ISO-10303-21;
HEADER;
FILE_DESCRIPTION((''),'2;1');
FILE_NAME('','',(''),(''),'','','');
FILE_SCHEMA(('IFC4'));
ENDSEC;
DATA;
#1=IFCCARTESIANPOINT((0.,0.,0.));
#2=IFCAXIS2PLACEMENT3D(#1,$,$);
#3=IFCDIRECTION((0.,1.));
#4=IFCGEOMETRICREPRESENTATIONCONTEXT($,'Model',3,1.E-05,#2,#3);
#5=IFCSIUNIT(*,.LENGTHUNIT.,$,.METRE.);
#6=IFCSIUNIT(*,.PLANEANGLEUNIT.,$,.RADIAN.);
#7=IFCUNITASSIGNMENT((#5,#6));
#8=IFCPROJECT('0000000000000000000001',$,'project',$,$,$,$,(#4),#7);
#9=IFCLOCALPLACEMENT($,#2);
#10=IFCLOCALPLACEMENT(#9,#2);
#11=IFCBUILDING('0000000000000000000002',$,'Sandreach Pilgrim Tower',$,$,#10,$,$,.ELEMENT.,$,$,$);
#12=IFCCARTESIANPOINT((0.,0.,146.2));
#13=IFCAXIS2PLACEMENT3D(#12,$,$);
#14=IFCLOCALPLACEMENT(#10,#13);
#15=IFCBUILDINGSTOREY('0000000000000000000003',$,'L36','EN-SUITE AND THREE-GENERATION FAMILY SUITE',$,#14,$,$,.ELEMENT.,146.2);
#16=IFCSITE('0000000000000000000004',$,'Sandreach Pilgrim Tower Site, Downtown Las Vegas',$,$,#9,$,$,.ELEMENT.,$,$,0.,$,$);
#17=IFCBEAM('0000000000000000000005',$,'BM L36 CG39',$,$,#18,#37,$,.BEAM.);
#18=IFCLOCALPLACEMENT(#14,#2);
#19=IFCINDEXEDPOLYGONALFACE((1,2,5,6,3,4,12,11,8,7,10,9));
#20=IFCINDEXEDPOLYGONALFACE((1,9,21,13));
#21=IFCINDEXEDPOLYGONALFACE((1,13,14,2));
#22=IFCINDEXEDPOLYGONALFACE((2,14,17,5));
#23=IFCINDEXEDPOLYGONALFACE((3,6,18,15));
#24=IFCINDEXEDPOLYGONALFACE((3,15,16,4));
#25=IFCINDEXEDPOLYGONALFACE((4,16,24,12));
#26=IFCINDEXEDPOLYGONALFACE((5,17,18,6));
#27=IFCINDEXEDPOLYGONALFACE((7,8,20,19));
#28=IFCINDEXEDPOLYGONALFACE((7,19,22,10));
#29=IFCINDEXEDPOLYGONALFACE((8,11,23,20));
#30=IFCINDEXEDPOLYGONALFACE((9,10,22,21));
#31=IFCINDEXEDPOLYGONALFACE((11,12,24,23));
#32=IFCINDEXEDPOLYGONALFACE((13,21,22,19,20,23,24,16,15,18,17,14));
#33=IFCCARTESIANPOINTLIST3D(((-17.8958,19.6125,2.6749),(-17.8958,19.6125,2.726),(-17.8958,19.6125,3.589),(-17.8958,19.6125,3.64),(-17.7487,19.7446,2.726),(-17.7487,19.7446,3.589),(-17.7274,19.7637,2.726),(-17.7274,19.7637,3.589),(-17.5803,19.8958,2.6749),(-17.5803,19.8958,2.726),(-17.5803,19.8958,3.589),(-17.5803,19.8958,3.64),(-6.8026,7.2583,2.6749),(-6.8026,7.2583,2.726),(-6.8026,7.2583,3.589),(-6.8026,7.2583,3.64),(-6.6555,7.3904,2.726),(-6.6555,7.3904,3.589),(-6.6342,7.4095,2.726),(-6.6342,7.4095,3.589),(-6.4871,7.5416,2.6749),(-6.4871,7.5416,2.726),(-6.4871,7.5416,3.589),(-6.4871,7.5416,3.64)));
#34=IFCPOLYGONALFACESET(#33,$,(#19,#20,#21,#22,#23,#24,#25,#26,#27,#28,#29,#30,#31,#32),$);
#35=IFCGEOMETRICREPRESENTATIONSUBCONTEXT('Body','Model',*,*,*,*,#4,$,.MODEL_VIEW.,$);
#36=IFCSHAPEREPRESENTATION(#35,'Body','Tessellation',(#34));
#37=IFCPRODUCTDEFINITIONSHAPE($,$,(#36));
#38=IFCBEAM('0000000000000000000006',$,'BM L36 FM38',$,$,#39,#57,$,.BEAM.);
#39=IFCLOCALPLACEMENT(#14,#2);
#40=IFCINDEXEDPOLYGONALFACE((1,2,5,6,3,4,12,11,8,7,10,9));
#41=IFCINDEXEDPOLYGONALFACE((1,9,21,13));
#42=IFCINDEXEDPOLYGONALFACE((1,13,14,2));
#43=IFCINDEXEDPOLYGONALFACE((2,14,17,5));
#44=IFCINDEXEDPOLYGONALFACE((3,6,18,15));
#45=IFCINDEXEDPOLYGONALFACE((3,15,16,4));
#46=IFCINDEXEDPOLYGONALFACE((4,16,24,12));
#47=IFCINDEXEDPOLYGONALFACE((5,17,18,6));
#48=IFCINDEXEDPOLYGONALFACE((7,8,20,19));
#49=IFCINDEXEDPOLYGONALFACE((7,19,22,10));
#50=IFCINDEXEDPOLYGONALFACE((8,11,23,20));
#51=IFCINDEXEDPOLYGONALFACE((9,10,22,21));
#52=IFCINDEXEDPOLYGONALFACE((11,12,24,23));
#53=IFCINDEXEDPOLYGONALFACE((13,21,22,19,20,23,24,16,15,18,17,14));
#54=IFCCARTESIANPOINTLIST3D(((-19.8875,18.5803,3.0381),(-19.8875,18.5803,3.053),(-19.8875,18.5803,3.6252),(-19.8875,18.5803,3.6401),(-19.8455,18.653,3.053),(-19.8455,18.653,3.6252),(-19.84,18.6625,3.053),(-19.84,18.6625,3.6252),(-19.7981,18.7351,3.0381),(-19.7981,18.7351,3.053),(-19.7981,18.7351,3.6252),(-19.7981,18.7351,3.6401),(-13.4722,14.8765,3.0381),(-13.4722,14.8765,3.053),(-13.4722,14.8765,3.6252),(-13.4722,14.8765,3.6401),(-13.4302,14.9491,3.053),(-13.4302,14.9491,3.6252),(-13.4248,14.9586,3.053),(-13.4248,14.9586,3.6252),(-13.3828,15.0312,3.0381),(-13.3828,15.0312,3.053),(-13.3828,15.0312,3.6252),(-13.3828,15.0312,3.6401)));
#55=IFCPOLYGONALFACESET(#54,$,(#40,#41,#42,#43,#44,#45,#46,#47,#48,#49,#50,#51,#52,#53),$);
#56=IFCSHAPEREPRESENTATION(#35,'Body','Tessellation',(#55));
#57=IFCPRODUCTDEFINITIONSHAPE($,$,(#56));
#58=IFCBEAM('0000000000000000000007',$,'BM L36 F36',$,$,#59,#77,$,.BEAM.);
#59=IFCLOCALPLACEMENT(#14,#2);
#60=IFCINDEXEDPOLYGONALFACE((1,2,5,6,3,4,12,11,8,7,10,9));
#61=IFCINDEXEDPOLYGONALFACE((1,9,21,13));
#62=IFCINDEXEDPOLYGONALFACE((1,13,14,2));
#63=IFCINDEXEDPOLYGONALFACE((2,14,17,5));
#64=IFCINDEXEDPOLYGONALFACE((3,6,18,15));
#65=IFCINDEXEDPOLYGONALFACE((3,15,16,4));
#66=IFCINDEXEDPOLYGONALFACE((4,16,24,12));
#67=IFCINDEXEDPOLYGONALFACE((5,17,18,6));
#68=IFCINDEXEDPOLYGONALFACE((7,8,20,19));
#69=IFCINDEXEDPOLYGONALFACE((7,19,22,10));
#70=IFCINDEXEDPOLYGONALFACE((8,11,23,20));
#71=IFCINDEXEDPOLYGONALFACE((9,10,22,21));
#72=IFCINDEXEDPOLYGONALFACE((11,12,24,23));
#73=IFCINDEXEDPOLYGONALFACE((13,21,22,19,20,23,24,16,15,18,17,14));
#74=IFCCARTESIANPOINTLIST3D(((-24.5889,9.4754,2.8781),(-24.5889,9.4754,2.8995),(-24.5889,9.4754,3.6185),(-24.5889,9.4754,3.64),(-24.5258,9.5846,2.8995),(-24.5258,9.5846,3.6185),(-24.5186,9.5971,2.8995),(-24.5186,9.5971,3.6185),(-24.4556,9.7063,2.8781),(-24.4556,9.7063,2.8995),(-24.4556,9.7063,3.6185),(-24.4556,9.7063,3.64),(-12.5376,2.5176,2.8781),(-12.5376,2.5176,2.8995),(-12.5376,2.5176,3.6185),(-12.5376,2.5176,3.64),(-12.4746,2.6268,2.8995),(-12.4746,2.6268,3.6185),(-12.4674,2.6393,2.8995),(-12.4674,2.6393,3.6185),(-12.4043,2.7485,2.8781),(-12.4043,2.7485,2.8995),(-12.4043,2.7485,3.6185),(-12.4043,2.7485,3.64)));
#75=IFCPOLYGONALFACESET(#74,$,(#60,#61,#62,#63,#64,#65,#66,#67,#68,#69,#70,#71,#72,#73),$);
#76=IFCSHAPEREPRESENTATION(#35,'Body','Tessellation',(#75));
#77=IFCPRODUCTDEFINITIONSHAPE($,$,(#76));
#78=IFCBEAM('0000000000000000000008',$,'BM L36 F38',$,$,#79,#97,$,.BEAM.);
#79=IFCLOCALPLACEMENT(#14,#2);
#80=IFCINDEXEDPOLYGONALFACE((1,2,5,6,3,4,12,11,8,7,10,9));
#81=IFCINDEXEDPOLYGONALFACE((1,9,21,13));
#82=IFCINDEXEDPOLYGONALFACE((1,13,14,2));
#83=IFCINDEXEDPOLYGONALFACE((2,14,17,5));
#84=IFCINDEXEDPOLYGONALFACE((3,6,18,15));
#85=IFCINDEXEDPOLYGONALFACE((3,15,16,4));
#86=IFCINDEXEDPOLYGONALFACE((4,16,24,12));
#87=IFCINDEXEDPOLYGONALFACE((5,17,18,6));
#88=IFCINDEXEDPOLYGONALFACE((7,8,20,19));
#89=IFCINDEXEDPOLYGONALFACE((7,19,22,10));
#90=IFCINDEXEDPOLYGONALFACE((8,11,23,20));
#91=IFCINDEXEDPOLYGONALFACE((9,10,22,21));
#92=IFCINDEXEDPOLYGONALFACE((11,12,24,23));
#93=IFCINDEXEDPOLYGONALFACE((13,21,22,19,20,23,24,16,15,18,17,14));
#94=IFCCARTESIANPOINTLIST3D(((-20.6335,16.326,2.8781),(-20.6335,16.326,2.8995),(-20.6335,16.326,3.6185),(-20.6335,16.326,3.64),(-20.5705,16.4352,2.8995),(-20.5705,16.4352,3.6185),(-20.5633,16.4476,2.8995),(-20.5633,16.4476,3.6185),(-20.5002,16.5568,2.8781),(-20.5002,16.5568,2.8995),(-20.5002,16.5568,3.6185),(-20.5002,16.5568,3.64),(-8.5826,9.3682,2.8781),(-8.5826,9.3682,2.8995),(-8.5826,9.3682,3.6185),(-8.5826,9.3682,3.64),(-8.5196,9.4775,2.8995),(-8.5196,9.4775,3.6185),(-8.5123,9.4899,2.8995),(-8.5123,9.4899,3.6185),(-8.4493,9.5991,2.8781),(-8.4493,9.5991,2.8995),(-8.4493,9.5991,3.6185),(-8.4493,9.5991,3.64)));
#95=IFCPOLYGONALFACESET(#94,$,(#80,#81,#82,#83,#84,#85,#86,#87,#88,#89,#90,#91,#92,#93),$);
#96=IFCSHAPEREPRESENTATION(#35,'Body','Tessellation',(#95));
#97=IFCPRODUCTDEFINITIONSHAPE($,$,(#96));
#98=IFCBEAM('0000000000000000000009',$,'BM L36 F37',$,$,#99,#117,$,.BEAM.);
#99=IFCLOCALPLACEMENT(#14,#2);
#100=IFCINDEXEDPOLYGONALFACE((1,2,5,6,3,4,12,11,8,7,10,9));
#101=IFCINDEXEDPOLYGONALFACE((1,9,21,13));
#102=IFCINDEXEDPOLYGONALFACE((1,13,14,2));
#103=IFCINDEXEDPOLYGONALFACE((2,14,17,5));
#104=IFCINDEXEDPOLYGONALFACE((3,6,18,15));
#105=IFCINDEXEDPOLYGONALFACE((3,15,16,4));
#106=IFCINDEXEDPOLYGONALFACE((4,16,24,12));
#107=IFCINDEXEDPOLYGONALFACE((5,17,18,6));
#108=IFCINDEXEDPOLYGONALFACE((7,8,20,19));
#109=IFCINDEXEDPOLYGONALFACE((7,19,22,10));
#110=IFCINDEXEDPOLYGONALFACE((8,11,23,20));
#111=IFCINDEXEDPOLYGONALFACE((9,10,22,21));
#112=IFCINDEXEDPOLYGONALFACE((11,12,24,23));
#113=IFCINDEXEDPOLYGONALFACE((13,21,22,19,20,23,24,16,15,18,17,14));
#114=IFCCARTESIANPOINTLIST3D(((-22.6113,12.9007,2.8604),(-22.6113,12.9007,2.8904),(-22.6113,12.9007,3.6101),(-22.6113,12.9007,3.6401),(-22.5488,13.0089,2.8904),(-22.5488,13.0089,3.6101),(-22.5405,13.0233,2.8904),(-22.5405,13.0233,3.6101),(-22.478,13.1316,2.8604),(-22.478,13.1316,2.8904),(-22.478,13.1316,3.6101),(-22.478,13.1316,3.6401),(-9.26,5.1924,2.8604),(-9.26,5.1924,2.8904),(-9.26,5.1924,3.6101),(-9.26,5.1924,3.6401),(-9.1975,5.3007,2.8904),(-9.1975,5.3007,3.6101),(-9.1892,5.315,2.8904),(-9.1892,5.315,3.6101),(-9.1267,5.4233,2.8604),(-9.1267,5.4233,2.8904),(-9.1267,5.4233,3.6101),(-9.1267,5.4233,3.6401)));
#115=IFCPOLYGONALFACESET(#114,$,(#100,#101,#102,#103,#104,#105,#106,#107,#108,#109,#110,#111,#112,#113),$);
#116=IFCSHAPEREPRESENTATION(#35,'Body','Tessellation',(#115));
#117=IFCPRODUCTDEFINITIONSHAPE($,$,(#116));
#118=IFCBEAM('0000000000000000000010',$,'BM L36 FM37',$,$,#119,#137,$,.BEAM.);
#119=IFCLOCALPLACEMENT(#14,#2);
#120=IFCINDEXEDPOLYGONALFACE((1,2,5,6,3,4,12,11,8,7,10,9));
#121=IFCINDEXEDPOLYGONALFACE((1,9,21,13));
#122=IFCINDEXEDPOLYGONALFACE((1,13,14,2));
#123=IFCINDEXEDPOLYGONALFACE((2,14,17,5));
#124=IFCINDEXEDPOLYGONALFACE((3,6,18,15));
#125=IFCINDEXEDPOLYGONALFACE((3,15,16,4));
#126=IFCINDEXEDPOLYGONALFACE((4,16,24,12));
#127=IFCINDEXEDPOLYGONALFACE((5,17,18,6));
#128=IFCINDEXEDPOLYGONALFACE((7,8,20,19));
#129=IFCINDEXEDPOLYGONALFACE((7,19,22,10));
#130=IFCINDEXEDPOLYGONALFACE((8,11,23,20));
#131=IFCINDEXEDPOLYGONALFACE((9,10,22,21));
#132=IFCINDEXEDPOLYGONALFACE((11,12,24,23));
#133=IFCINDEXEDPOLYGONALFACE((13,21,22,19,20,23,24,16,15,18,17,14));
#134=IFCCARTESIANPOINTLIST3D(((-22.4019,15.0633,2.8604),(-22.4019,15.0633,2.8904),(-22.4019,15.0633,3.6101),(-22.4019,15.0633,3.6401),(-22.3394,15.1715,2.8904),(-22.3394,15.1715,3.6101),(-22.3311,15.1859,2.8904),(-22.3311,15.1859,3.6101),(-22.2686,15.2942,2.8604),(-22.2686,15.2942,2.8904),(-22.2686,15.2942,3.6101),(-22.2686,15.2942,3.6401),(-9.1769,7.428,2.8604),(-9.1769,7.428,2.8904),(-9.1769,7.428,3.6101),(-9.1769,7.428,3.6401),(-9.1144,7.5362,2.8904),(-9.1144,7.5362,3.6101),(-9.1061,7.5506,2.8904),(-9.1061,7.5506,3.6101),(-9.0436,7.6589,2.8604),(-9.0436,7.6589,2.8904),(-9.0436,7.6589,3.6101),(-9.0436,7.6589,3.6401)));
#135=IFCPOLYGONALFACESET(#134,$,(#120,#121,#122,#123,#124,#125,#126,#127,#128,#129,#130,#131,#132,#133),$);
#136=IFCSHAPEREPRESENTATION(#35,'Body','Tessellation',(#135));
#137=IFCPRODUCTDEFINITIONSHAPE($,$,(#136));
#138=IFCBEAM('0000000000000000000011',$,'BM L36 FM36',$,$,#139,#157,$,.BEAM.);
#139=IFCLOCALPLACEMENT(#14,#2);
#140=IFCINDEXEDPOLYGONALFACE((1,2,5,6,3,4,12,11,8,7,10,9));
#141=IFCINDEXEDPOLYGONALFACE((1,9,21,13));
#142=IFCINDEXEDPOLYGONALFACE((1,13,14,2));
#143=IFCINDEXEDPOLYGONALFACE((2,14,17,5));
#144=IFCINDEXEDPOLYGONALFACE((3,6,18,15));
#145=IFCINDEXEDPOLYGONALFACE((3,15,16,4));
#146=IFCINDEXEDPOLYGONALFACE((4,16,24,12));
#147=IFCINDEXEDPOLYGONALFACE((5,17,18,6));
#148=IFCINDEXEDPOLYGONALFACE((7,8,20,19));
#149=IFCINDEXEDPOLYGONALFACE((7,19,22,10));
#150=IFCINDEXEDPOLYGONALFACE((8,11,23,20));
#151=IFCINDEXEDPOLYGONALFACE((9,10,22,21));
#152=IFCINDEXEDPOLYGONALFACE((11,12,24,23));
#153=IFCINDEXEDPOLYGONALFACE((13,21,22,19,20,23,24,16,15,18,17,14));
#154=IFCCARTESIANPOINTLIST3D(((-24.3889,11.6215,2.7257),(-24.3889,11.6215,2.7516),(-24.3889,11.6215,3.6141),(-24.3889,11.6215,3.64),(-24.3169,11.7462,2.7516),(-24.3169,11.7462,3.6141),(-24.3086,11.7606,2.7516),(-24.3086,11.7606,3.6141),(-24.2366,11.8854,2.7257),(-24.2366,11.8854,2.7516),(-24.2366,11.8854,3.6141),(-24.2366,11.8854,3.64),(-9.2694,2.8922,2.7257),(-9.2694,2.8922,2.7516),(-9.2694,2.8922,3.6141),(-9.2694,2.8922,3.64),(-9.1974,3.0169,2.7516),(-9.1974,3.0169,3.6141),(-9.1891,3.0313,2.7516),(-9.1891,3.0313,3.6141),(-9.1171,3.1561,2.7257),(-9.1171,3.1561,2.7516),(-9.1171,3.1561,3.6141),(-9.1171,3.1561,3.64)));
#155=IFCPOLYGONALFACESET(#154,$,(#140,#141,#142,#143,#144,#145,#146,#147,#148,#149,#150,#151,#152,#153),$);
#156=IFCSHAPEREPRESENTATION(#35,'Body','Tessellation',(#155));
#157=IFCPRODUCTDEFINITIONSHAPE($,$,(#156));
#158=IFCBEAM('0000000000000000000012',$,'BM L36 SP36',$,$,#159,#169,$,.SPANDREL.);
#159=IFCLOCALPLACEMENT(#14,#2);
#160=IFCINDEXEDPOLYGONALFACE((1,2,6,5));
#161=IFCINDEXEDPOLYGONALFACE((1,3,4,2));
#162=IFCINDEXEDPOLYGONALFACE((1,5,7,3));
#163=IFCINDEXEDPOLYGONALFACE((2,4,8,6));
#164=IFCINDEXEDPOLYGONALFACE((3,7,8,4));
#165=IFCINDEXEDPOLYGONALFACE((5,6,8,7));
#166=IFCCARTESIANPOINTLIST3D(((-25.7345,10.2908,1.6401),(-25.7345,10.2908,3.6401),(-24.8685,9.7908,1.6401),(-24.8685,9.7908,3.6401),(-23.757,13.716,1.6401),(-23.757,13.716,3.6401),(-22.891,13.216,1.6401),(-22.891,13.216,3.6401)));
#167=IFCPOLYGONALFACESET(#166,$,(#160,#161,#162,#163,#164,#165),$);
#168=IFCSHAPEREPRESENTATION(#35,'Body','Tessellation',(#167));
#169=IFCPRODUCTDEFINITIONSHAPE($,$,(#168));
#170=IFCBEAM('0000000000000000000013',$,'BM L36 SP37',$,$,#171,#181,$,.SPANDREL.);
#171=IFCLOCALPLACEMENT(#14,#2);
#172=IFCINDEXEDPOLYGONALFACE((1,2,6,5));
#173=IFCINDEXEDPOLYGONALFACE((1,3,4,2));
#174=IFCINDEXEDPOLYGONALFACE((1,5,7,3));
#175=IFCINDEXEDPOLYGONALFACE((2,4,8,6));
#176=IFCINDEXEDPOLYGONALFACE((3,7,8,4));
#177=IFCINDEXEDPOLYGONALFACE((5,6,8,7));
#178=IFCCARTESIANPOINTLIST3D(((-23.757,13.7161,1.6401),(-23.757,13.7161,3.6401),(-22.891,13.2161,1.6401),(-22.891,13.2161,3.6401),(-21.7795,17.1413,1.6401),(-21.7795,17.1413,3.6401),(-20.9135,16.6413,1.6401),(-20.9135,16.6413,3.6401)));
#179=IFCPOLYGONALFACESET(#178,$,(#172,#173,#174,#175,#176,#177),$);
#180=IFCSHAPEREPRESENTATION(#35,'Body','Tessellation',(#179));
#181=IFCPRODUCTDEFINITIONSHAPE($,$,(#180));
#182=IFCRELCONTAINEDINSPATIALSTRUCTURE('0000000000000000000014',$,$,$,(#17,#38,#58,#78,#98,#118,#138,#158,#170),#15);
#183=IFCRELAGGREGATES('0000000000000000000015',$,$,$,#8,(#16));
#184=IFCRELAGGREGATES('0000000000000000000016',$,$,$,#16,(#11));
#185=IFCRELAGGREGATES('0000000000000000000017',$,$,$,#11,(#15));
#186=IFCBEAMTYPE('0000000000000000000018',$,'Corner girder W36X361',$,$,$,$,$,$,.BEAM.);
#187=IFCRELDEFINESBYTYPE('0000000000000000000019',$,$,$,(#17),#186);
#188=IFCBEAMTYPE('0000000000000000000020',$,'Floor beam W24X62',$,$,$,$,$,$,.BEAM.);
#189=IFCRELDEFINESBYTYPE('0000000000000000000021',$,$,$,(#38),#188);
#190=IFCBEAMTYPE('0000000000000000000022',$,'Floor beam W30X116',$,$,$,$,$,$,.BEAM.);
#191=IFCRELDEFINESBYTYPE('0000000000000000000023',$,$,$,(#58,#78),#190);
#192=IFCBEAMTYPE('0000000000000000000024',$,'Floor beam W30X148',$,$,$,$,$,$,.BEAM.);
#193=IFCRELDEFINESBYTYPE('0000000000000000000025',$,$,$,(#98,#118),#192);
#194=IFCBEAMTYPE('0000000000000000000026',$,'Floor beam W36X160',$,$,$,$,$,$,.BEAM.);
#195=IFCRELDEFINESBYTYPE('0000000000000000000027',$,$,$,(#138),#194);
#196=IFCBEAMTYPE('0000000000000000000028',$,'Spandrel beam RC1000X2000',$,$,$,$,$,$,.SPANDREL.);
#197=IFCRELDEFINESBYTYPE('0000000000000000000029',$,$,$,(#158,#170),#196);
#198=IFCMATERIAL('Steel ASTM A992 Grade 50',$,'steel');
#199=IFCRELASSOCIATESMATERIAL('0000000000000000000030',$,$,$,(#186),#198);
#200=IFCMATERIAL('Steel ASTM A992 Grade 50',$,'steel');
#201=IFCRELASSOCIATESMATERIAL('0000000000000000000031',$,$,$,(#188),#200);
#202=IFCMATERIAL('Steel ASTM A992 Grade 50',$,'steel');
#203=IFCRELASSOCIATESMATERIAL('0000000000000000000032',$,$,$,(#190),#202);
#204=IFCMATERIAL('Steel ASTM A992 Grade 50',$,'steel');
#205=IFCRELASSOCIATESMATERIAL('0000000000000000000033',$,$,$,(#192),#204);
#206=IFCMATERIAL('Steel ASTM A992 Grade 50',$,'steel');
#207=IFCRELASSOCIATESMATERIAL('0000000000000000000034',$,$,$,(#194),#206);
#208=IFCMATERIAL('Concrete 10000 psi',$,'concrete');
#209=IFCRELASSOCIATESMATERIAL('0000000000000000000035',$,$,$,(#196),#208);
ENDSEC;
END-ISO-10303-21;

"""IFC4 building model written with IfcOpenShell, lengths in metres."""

from ifc_helpers import new_model, si_unit, direction, frame, origin, origin_2d, place, context, subcontext, project, spatial, rectangle, i_section, extrude, material, material_profile, profile_set, type_object, element, save


model = new_model("IFC4")

# Units and contexts
model_context = context("Model", 3, precision=1e-05, world=origin(), true_north=direction((0.0, 1.0)))
body_context = subcontext(model_context, "Body", "Model", "MODEL_VIEW")
ifc_project = project(units=[si_unit("LENGTHUNIT", "METRE"), si_unit("PLANEANGLEUNIT", "RADIAN")], contexts=[model_context])

# Site, building, storey
site_placement = place(None, origin())
site = spatial("IfcSite", under=ifc_project, at=site_placement, Name="Sandreach Pilgrim Tower Site, Downtown Las Vegas", CompositionType="ELEMENT", RefElevation=0.0)
building_placement = place(site_placement, origin())
building = spatial("IfcBuilding", under=site, at=building_placement, Name="Sandreach Pilgrim Tower", CompositionType="ELEMENT")
storey_placement = place(building_placement, frame((0.0, 0.0, 146.2)))
storey = spatial("IfcBuildingStorey", under=building, at=storey_placement, Name="L36", Description="EN-SUITE AND THREE-GENERATION FAMILY SUITE", CompositionType="ELEMENT", Elevation=146.2)

# Beams
ifc_material_1 = material(Name="Steel ASTM A992 Grade 50", Category="steel")
ifc_material_profile_1 = material_profile(ifc_material_1, i_section(OverallWidth=0.4241, OverallDepth=0.9651, WebThickness=0.0286, FlangeThickness=0.051, at=origin_2d()), Name="W36X361")
ifc_profile_set_1 = profile_set([ifc_material_profile_1], Name="Steel ASTM A992 Grade 50")
beam_type_1 = type_object("IfcBeamType", Name="Corner girder W36X361", PredefinedType="BEAM", material=ifc_profile_set_1)
beam_1_placement = place(storey_placement, frame((-17.738, 19.7542, 3.1575), z_axis=(0.668114, -0.744059, 0.0), x_axis=(0.744059, 0.668114, 0.0)))
element("IfcBeam", 1, at=beam_1_placement, inside=storey, type_object=beam_type_1, Name="BM L36 CG39", PredefinedType="BEAM", context=body_context, shape_type="SweptSolid", body=[
    extrude(i_section(OverallWidth=0.4241, OverallDepth=0.9651, WebThickness=0.0286, FlangeThickness=0.051, at=origin_2d()), origin(), (0.0, 0.0, 1.0), 16.6038),
])
ifc_material_2 = material(Name="Steel ASTM A992 Grade 50", Category="steel")
ifc_material_profile_2 = material_profile(ifc_material_2, i_section(OverallWidth=0.1787, OverallDepth=0.6021, WebThickness=0.011, FlangeThickness=0.0149, at=origin_2d()), Name="W24X62")
ifc_profile_set_2 = profile_set([ifc_material_profile_2], Name="Steel ASTM A992 Grade 50")
beam_type_2 = type_object("IfcBeamType", Name="Floor beam W24X62", PredefinedType="BEAM", material=ifc_profile_set_2)
beam_2_placement = place(storey_placement, frame((-19.8428, 18.6577, 3.3391), z_axis=(0.866026, -0.499999, 0.0), x_axis=(0.499999, 0.866026, 0.0)))
element("IfcBeam", 2, at=beam_2_placement, inside=storey, type_object=beam_type_2, Name="BM L36 FM38", PredefinedType="BEAM", context=body_context, shape_type="SweptSolid", body=[
    extrude(i_section(OverallWidth=0.1787, OverallDepth=0.6021, WebThickness=0.011, FlangeThickness=0.0149, at=origin_2d()), origin(), (0.0, 0.0, 1.0), 7.4077),
])
ifc_material_3 = material(Name="Steel ASTM A992 Grade 50", Category="steel")
ifc_material_profile_3 = material_profile(ifc_material_3, i_section(OverallWidth=0.2666, OverallDepth=0.762, WebThickness=0.0144, FlangeThickness=0.0215, at=origin_2d()), Name="W30X116")
ifc_profile_set_3 = profile_set([ifc_material_profile_3], Name="Steel ASTM A992 Grade 50")
beam_type_3 = type_object("IfcBeamType", Name="Floor beam W30X116", PredefinedType="BEAM", material=ifc_profile_set_3)
beam_3_placement = place(storey_placement, frame((-24.5222, 9.5908, 3.259), z_axis=(0.866027, -0.499998, 0.0), x_axis=(0.499998, 0.866027, 0.0)))
element("IfcBeam", 3, at=beam_3_placement, inside=storey, type_object=beam_type_3, Name="BM L36 F36", PredefinedType="BEAM", context=body_context, shape_type="SweptSolid", body=[
    extrude(i_section(OverallWidth=0.2666, OverallDepth=0.762, WebThickness=0.0144, FlangeThickness=0.0215, at=origin_2d()), origin(), (0.0, 0.0, 1.0), 13.9155),
])
beam_4_placement = place(storey_placement, frame((-20.5669, 16.4414, 3.259), z_axis=(0.866022, -0.500005, 0.0), x_axis=(0.500005, 0.866022, 0.0)))
element("IfcBeam", 4, at=beam_4_placement, inside=storey, type_object=beam_type_3, Name="BM L36 F38", PredefinedType="BEAM", context=body_context, shape_type="SweptSolid", body=[
    extrude(i_section(OverallWidth=0.2666, OverallDepth=0.762, WebThickness=0.0144, FlangeThickness=0.0215, at=origin_2d()), origin(), (0.0, 0.0, 1.0), 13.9153),
])
ifc_material_4 = material(Name="Steel ASTM A992 Grade 50", Category="steel")
ifc_material_profile_4 = material_profile(ifc_material_4, i_section(OverallWidth=0.2666, OverallDepth=0.7798, WebThickness=0.0166, FlangeThickness=0.03, at=origin_2d()), Name="W30X148")
ifc_profile_set_4 = profile_set([ifc_material_profile_4], Name="Steel ASTM A992 Grade 50")
beam_type_4 = type_object("IfcBeamType", Name="Floor beam W30X148", PredefinedType="BEAM", material=ifc_profile_set_4)
beam_5_placement = place(storey_placement, frame((-22.5447, 13.0161, 3.2502), z_axis=(0.866029, -0.499993, 0.0), x_axis=(0.499993, 0.866029, 0.0)))
element("IfcBeam", 5, at=beam_5_placement, inside=storey, type_object=beam_type_4, Name="BM L36 F37", PredefinedType="BEAM", context=body_context, shape_type="SweptSolid", body=[
    extrude(i_section(OverallWidth=0.2666, OverallDepth=0.7798, WebThickness=0.0166, FlangeThickness=0.03, at=origin_2d()), origin(), (0.0, 0.0, 1.0), 15.4167),
])
beam_6_placement = place(storey_placement, frame((-22.3352, 15.1787, 3.2502), z_axis=(0.866029, -0.499994, 0.0), x_axis=(0.499994, 0.866029, 0.0)))
element("IfcBeam", 6, at=beam_6_placement, inside=storey, type_object=beam_type_4, Name="BM L36 FM37", PredefinedType="BEAM", context=body_context, shape_type="SweptSolid", body=[
    extrude(i_section(OverallWidth=0.2666, OverallDepth=0.7798, WebThickness=0.0166, FlangeThickness=0.03, at=origin_2d()), origin(), (0.0, 0.0, 1.0), 15.2708),
])
ifc_material_5 = material(Name="Steel ASTM A992 Grade 50", Category="steel")
ifc_material_profile_5 = material_profile(ifc_material_5, i_section(OverallWidth=0.3047, OverallDepth=0.9143, WebThickness=0.0166, FlangeThickness=0.0259, at=origin_2d()), Name="W36X160")
ifc_profile_set_5 = profile_set([ifc_material_profile_5], Name="Steel ASTM A992 Grade 50")
beam_type_5 = type_object("IfcBeamType", Name="Floor beam W36X160", PredefinedType="BEAM", material=ifc_profile_set_5)
beam_7_placement = place(storey_placement, frame((-24.3127, 11.7534, 3.1829), z_axis=(0.866024, -0.500003, 0.0), x_axis=(0.500003, 0.866024, 0.0)))
element("IfcBeam", 7, at=beam_7_placement, inside=storey, type_object=beam_type_5, Name="BM L36 FM36", PredefinedType="BEAM", context=body_context, shape_type="SweptSolid", body=[
    extrude(i_section(OverallWidth=0.3047, OverallDepth=0.9143, WebThickness=0.0166, FlangeThickness=0.0259, at=origin_2d()), origin(), (0.0, 0.0, 1.0), 17.4585),
])
ifc_material_6 = material(Name="Concrete 10000 psi", Category="concrete")
ifc_material_profile_6 = material_profile(ifc_material_6, rectangle(XDim=1.0, YDim=2.0, at=origin_2d()), Name="RC1000X2000")
ifc_profile_set_6 = profile_set([ifc_material_profile_6], Name="Concrete 10000 psi")
beam_type_6 = type_object("IfcBeamType", Name="Spandrel beam RC1000X2000", PredefinedType="SPANDREL", material=ifc_profile_set_6)
for number, where, z_axis, x_axis, name in (
    (8, (-25.3015, 10.0408, 2.6401), (0.49999, 0.866031, 0.0), (-0.866031, 0.49999, 0.0), "BM L36 SP36"),
    (9, (-23.324, 13.4661, 2.6401), (0.49999, 0.866031, 0.0), (-0.866031, 0.49999, 0.0), "BM L36 SP37"),
):
    element("IfcBeam", number, at=place(storey_placement, frame(where, z_axis=z_axis, x_axis=x_axis)), inside=storey, type_object=beam_type_6, Name=name, PredefinedType="SPANDREL", context=body_context, shape_type="SweptSolid", body=[
        extrude(rectangle(XDim=1.0, YDim=2.0, at=origin_2d()), origin(), (0.0, 0.0, 1.0), 3.9551),
    ])

save(model, "model.ifc")
